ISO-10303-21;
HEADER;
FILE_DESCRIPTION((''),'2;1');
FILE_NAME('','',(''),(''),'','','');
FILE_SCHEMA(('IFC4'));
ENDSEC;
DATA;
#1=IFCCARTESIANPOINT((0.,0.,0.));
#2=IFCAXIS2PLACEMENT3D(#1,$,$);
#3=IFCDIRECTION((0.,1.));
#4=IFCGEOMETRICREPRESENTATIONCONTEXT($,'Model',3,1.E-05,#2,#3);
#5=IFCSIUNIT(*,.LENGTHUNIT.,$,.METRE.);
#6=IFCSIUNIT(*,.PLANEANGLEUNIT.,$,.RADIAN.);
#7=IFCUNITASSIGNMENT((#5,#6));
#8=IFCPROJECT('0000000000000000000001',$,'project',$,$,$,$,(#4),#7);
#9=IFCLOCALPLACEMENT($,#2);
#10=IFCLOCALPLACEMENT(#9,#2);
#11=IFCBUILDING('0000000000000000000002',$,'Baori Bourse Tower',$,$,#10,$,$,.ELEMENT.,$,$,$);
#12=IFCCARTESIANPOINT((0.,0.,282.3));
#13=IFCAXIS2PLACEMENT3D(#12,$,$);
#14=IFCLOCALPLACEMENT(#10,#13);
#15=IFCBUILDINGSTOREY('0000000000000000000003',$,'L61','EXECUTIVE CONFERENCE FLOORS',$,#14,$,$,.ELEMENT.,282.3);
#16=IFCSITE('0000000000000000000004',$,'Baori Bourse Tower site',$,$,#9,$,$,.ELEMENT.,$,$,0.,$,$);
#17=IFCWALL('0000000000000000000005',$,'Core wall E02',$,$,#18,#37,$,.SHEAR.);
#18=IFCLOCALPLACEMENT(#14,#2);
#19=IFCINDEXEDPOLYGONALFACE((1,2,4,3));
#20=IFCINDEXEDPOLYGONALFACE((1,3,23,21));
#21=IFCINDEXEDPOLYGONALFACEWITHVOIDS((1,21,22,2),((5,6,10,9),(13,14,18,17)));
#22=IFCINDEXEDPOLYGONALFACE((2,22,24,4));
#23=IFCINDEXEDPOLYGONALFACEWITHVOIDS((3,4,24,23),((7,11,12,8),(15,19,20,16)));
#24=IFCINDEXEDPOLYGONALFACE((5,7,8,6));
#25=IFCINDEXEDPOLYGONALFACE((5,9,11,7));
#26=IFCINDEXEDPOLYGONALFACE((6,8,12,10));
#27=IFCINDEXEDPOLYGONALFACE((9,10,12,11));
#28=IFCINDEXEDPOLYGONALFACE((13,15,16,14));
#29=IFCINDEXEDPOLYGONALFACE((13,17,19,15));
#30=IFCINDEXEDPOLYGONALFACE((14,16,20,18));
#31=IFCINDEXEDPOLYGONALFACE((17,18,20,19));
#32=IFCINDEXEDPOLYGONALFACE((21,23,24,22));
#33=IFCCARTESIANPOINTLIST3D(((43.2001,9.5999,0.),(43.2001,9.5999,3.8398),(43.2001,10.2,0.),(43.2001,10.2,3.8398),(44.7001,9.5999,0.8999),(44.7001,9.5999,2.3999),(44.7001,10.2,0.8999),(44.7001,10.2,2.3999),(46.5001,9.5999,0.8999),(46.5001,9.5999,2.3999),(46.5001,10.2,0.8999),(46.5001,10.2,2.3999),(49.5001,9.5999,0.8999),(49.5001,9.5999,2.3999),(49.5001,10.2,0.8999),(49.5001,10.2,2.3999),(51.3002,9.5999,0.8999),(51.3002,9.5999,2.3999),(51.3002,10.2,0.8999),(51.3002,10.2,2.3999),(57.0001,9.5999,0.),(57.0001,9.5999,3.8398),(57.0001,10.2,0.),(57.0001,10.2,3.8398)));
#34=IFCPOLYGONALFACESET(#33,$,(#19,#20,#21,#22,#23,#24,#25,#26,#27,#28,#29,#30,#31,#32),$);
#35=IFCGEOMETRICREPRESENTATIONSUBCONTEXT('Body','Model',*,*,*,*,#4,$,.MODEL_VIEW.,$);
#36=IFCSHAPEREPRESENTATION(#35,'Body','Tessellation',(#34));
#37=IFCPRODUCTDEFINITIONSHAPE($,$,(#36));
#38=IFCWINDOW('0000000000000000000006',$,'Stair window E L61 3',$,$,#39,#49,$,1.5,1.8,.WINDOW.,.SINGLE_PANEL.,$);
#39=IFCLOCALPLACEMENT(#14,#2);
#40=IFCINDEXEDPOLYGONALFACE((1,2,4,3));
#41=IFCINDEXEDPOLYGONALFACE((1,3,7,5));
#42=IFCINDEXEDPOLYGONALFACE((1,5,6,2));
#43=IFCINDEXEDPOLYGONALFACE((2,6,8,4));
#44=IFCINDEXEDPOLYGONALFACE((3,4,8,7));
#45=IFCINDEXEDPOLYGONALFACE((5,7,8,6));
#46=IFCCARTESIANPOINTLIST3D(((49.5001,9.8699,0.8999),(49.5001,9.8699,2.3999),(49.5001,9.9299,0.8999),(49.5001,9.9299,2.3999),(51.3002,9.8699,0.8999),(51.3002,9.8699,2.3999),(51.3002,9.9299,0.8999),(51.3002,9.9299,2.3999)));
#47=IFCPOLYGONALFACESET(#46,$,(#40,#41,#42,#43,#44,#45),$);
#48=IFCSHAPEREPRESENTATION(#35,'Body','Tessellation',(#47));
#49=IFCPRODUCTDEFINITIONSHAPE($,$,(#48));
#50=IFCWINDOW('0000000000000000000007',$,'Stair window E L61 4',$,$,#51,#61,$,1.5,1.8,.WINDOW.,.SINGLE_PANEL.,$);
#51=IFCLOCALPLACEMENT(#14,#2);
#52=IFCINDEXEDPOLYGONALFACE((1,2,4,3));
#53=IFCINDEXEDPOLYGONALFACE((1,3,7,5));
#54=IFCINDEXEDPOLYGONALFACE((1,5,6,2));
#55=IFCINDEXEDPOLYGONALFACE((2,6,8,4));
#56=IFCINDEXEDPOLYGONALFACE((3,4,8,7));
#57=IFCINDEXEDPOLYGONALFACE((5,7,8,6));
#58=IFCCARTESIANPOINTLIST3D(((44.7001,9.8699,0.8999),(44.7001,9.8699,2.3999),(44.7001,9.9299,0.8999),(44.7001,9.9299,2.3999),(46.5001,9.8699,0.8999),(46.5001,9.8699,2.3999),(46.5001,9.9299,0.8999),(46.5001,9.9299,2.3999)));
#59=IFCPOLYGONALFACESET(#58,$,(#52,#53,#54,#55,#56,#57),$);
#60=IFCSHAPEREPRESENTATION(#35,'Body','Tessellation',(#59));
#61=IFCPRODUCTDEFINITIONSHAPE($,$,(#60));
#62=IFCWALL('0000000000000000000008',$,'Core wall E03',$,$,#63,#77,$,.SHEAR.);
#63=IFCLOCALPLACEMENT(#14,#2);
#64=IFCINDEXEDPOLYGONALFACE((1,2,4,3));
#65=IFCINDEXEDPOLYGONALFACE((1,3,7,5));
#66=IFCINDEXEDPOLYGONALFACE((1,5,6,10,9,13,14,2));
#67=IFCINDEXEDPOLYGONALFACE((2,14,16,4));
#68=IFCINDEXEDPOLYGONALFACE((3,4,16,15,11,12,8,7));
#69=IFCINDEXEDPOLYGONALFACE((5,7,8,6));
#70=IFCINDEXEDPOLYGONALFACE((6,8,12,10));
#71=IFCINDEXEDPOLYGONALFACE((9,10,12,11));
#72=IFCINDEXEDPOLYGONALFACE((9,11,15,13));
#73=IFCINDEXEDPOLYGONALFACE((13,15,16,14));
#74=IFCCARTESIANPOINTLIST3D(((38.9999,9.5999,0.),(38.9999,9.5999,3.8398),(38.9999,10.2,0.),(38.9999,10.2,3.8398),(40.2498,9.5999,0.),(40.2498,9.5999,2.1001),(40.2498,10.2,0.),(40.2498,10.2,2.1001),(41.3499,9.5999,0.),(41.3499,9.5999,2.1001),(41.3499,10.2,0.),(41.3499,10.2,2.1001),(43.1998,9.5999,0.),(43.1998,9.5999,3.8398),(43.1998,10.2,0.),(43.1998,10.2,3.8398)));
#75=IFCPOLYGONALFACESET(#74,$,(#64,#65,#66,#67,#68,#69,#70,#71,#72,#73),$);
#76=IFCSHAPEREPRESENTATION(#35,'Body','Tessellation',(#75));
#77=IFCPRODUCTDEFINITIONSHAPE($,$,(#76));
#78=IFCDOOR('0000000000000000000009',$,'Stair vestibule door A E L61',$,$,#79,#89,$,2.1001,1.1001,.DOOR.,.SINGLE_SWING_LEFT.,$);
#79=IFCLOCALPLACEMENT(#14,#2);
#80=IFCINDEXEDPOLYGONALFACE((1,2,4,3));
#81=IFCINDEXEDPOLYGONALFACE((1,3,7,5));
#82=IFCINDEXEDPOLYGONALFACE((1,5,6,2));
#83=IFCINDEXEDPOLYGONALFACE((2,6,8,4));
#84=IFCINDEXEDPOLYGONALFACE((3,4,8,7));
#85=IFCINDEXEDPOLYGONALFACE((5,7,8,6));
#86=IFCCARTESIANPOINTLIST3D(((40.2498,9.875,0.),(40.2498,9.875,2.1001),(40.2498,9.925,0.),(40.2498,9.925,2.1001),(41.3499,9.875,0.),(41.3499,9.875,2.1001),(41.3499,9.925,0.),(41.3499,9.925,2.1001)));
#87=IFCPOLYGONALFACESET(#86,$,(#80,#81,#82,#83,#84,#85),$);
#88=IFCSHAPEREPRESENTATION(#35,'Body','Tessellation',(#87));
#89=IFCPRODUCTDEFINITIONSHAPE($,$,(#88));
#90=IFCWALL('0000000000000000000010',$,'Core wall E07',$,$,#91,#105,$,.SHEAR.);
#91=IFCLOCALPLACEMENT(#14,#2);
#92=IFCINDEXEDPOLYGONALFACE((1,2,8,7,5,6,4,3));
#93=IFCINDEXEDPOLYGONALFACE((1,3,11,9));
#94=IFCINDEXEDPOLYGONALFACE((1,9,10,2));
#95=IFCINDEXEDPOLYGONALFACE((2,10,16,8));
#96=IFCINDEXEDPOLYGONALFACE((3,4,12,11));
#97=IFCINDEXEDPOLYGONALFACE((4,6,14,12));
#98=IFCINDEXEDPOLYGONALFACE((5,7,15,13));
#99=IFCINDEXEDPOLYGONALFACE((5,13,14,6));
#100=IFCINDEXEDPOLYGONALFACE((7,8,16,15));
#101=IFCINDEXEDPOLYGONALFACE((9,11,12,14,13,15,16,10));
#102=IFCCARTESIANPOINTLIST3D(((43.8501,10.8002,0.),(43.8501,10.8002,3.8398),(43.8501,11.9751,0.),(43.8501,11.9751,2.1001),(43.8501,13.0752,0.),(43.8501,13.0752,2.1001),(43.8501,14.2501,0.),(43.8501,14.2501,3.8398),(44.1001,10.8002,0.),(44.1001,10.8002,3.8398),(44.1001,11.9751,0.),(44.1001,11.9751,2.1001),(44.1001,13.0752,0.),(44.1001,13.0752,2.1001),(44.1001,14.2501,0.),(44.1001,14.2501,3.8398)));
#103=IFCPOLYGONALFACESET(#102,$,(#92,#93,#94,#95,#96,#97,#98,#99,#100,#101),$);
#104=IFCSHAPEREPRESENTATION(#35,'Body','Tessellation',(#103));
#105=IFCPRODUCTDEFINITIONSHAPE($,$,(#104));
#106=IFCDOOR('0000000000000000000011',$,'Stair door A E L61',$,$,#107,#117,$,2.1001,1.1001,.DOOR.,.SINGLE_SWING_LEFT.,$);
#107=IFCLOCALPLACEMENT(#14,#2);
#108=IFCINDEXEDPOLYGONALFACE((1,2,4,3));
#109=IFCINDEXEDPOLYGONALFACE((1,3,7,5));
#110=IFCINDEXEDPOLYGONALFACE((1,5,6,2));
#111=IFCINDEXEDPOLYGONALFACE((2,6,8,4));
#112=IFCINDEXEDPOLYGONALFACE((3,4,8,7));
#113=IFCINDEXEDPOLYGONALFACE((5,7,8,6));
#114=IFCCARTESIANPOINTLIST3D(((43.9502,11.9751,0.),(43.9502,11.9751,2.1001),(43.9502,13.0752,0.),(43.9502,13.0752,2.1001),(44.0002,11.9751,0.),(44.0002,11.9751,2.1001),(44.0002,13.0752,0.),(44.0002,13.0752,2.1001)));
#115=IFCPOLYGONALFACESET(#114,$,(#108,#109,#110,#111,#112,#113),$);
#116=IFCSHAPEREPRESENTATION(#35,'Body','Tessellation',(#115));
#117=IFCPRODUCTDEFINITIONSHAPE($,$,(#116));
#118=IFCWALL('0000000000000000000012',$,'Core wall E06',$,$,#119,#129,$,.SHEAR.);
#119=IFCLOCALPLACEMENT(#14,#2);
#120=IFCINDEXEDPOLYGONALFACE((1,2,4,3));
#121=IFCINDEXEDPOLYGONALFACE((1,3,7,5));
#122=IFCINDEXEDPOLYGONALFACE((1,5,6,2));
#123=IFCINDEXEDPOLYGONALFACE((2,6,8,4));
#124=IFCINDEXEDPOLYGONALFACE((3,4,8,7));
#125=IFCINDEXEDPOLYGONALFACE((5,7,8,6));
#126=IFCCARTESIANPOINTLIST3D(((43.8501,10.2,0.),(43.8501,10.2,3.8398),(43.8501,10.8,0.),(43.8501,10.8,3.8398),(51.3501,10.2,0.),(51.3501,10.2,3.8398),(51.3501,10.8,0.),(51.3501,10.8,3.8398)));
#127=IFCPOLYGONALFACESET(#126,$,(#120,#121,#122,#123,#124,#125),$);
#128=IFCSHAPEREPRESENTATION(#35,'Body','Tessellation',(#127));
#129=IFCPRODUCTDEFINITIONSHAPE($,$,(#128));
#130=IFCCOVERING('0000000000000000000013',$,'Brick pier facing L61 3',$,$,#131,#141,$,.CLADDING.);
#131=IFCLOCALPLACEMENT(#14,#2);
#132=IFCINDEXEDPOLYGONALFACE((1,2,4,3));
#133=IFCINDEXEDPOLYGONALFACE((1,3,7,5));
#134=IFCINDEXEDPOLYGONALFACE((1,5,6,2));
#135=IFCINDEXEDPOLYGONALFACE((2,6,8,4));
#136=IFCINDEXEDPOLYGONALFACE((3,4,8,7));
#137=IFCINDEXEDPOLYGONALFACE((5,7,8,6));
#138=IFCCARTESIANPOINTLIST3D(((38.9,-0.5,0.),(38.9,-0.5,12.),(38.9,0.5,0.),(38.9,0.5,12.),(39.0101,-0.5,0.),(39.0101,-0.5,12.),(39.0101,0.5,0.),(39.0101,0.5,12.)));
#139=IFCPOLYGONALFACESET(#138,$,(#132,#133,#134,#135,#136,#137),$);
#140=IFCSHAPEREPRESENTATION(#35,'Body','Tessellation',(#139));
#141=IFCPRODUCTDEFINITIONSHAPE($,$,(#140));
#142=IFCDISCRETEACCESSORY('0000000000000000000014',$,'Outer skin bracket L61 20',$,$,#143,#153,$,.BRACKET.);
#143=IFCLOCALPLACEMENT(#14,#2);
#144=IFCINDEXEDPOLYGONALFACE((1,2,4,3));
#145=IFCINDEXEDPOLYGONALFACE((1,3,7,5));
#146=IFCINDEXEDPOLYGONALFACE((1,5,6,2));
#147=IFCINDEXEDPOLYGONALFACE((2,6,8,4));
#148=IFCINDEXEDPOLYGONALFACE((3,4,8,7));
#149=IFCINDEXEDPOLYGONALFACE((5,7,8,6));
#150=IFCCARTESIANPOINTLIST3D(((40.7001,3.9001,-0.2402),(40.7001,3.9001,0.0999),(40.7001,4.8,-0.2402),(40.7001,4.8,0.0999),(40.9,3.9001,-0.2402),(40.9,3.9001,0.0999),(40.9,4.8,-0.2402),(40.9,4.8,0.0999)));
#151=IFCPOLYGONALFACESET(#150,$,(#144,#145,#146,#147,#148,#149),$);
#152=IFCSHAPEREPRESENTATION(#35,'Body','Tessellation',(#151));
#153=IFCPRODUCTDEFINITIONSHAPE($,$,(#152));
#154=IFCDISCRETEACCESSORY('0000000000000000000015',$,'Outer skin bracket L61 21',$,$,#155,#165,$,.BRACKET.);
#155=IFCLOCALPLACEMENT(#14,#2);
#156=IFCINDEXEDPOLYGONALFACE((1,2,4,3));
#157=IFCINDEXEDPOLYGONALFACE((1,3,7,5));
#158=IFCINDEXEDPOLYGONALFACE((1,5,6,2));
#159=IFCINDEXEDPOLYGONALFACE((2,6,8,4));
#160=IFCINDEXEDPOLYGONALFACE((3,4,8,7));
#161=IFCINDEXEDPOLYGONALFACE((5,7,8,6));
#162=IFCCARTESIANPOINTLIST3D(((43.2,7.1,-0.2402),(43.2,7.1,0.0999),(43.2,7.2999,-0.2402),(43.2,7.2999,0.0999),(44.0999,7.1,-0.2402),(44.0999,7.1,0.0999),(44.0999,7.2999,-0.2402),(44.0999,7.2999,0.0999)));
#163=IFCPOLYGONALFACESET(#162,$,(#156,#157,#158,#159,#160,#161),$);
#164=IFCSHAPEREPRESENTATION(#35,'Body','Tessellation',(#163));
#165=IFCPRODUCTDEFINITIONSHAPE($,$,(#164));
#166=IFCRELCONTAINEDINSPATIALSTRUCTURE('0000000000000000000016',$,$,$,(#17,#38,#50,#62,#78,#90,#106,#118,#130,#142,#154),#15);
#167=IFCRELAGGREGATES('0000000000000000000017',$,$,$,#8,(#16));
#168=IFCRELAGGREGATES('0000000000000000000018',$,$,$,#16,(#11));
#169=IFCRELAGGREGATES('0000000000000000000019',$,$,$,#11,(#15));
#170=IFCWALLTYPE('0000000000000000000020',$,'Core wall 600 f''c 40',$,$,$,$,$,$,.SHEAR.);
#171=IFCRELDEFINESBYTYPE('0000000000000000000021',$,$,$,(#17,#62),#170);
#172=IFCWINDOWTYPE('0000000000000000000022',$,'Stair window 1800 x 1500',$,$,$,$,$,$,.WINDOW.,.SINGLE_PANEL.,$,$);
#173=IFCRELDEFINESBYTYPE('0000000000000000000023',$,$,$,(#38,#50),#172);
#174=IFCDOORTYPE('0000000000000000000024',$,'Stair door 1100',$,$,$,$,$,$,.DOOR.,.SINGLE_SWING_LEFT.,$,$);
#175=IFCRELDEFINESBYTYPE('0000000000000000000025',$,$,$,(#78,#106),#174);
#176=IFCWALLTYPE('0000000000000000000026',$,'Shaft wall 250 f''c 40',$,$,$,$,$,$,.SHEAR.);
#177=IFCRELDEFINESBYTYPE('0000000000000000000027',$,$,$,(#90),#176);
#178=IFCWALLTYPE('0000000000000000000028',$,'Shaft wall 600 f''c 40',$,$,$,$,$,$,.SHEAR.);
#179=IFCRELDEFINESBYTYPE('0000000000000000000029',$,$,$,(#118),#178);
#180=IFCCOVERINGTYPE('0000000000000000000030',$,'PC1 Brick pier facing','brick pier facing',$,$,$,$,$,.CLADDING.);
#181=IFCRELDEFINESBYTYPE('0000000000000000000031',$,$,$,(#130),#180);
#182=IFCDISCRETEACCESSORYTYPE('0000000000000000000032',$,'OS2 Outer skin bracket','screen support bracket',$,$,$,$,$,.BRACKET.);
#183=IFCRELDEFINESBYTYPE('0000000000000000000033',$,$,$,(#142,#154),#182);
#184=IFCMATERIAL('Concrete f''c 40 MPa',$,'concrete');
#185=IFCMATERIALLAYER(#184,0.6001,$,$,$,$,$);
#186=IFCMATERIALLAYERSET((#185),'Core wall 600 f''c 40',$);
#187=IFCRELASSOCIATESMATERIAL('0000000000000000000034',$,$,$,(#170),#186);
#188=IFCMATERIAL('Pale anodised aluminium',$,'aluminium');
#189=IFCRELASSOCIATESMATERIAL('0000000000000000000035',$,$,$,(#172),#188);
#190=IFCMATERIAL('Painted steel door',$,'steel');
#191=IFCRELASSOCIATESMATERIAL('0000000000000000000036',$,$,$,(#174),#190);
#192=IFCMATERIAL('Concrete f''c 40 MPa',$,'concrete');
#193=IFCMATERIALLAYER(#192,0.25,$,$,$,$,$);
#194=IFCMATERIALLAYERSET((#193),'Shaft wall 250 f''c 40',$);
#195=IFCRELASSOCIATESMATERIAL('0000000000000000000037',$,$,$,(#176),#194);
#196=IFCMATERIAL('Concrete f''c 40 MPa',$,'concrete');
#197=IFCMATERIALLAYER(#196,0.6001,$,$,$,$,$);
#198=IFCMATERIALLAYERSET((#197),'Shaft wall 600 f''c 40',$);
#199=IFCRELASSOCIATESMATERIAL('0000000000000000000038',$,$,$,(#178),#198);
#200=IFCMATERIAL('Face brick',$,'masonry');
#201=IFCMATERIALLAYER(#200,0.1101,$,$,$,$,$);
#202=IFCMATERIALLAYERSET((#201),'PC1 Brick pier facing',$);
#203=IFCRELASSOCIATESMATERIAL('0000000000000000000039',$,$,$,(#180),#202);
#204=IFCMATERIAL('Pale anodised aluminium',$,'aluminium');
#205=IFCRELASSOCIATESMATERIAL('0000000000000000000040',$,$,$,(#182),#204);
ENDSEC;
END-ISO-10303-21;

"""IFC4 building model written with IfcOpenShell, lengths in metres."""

from ifc_helpers import new_model, si_unit, direction, frame, frame_2d, origin, origin_2d, place, context, subcontext, project, spatial, rectangle, extrude, material, layer, layer_set, type_object, element, fill, save


model = new_model("IFC4")

# Units and contexts
model_context = context("Model", 3, precision=1e-05, world=origin(), true_north=direction((0.0, 1.0)))
body_context = subcontext(model_context, "Body", "Model", "MODEL_VIEW")
ifc_project = project(units=[si_unit("LENGTHUNIT", "METRE"), si_unit("PLANEANGLEUNIT", "RADIAN")], contexts=[model_context])

# Site, building, storey
site_placement = place(None, origin())
site = spatial("IfcSite", under=ifc_project, at=site_placement, Name="Baori Bourse Tower site", CompositionType="ELEMENT", RefElevation=0.0)
building_placement = place(site_placement, origin())
building = spatial("IfcBuilding", under=site, at=building_placement, Name="Baori Bourse Tower", CompositionType="ELEMENT")
storey_placement = place(building_placement, frame((0.0, 0.0, 282.3)))
storey = spatial("IfcBuildingStorey", under=building, at=storey_placement, Name="L61", Description="EXECUTIVE CONFERENCE FLOORS", CompositionType="ELEMENT", Elevation=282.3)

# Wall, openings, windows
ifc_material_1 = material(Name="Concrete f'c 40 MPa", Category="concrete")
ifc_layer_1 = layer(ifc_material_1, 0.6001)
ifc_layer_set_1 = layer_set([ifc_layer_1], Name="Core wall 600 f'c 40")
wall_type_1 = type_object("IfcWallType", Name="Core wall 600 f'c 40", PredefinedType="SHEAR", material=ifc_layer_set_1)
wall_1_placement = place(storey_placement, frame((57.0, 9.8999, 0.0), z_axis=(0.0, 0.0, 1.0), x_axis=(-1.0, 0.0, 0.0)))
wall_1 = element("IfcWall", 1, at=wall_1_placement, inside=storey, type_object=wall_type_1, Name="Core wall E02", PredefinedType="SHEAR", context=body_context, shape_type="SweptSolid", body=[
    extrude(rectangle(XDim=13.8, YDim=0.6001, at=frame_2d((6.8999, 0.0))), origin(), (0.0, 0.0, 1.0), 3.8398),
])
opening_1_placement = place(wall_1_placement, frame((5.7, 0.0, 0.8999)))
opening_1 = element("IfcOpeningElement", 2, at=opening_1_placement, cuts=wall_1, PredefinedType="OPENING", context=body_context, shape_type="SweptSolid", body=[
    extrude(rectangle(XDim=1.8, YDim=1.5, at=frame_2d((0.8999, 0.75))), frame((0.0, 0.3101, 0.0), z_axis=(0.0, -1.0, 0.0), x_axis=(1.0, 0.0, 0.0)), (0.0, 0.0, 1.0), 0.6201),
])
opening_2_placement = place(wall_1_placement, frame((10.5, 0.0, 0.8999)))
opening_2 = element("IfcOpeningElement", 3, at=opening_2_placement, cuts=wall_1, PredefinedType="OPENING", context=body_context, shape_type="SweptSolid", body=[
    extrude(rectangle(XDim=1.8, YDim=1.5, at=frame_2d((0.8999, 0.75))), frame((0.0, 0.3101, 0.0), z_axis=(0.0, -1.0, 0.0), x_axis=(1.0, 0.0, 0.0)), (0.0, 0.0, 1.0), 0.6201),
])
ifc_material_2 = material(Name="Pale anodised aluminium", Category="aluminium")
window_type = type_object("IfcWindowType", Name="Stair window 1800 x 1500", PartitioningType="SINGLE_PANEL", PredefinedType="WINDOW", material=ifc_material_2)
window_1_placement = place(opening_1_placement, origin())
window_1 = element("IfcWindow", 4, at=window_1_placement, inside=storey, type_object=window_type, Name="Stair window E L61 3", OverallHeight=1.5, OverallWidth=1.8, PartitioningType="SINGLE_PANEL", PredefinedType="WINDOW", context=body_context, shape_type="SweptSolid", body=[
    extrude(rectangle(XDim=1.8, YDim=1.5, at=frame_2d((0.8999, 0.75))), frame((0.0, 0.03, 0.0), z_axis=(0.0, -1.0, 0.0), x_axis=(1.0, 0.0, 0.0)), (0.0, 0.0, 1.0), 0.0601),
])
fill(opening_1, window_1)
window_2_placement = place(opening_2_placement, origin())
window_2 = element("IfcWindow", 5, at=window_2_placement, inside=storey, type_object=window_type, Name="Stair window E L61 4", OverallHeight=1.5, OverallWidth=1.8, PartitioningType="SINGLE_PANEL", PredefinedType="WINDOW", context=body_context, shape_type="SweptSolid", body=[
    extrude(rectangle(XDim=1.8, YDim=1.5, at=frame_2d((0.8999, 0.75))), frame((0.0, 0.03, 0.0), z_axis=(0.0, -1.0, 0.0), x_axis=(1.0, 0.0, 0.0)), (0.0, 0.0, 1.0), 0.0601),
])
fill(opening_2, window_2)

# Walls, openings, doors
wall_2_placement = place(storey_placement, frame((43.2, 9.8999, 0.0), z_axis=(0.0, 0.0, 1.0), x_axis=(-1.0, 0.0, 0.0)))
wall_2 = element("IfcWall", 6, at=wall_2_placement, inside=storey, type_object=wall_type_1, Name="Core wall E03", PredefinedType="SHEAR", context=body_context, shape_type="SweptSolid", body=[
    extrude(rectangle(XDim=4.2, YDim=0.6001, at=frame_2d((2.1001, 0.0))), origin(), (0.0, 0.0, 1.0), 3.8398),
])
opening_3_placement = place(wall_2_placement, frame((1.8501, 0.0, 0.0)))
opening_3 = element("IfcOpeningElement", 7, at=opening_3_placement, cuts=wall_2, PredefinedType="OPENING", context=body_context, shape_type="SweptSolid", body=[
    extrude(rectangle(XDim=1.1001, YDim=2.1001, at=frame_2d((0.55, 1.05))), frame((0.0, 0.3101, 0.0), z_axis=(0.0, -1.0, 0.0), x_axis=(1.0, 0.0, 0.0)), (0.0, 0.0, 1.0), 0.6201),
])
ifc_material_3 = material(Name="Painted steel door", Category="steel")
door_type = type_object("IfcDoorType", Name="Stair door 1100", OperationType="SINGLE_SWING_LEFT", PredefinedType="DOOR", material=ifc_material_3)
door_1_placement = place(opening_3_placement, origin())
door_1 = element("IfcDoor", 8, at=door_1_placement, inside=storey, type_object=door_type, Name="Stair vestibule door A E L61", OperationType="SINGLE_SWING_LEFT", OverallHeight=2.1001, OverallWidth=1.1001, PredefinedType="DOOR", context=body_context, shape_type="SweptSolid", body=[
    extrude(rectangle(XDim=1.1001, YDim=2.1001, at=frame_2d((0.55, 1.05))), frame((0.0, 0.0249, 0.0), z_axis=(0.0, -1.0, 0.0), x_axis=(1.0, 0.0, 0.0)), (0.0, 0.0, 1.0), 0.05),
])
fill(opening_3, door_1)
ifc_material_4 = material(Name="Concrete f'c 40 MPa", Category="concrete")
ifc_layer_2 = layer(ifc_material_4, 0.25)
ifc_layer_set_2 = layer_set([ifc_layer_2], Name="Shaft wall 250 f'c 40")
wall_type_2 = type_object("IfcWallType", Name="Shaft wall 250 f'c 40", PredefinedType="SHEAR", material=ifc_layer_set_2)
wall_3_placement = place(storey_placement, frame((43.9751, 10.8, 0.0), z_axis=(0.0, 0.0, 1.0), x_axis=(0.0, 1.0, 0.0)))
wall_3 = element("IfcWall", 9, at=wall_3_placement, inside=storey, type_object=wall_type_2, Name="Core wall E07", PredefinedType="SHEAR", context=body_context, shape_type="SweptSolid", body=[
    extrude(rectangle(XDim=3.45, YDim=0.25, at=frame_2d((1.7251, 0.0))), origin(), (0.0, 0.0, 1.0), 3.8398),
])
opening_4_placement = place(wall_3_placement, frame((1.175, 0.0, 0.0)))
opening_4 = element("IfcOpeningElement", 10, at=opening_4_placement, cuts=wall_3, PredefinedType="OPENING", context=body_context, shape_type="SweptSolid", body=[
    extrude(rectangle(XDim=1.1001, YDim=2.1001, at=frame_2d((0.55, 1.05))), frame((0.0, 0.135, 0.0), z_axis=(0.0, -1.0, 0.0), x_axis=(1.0, 0.0, 0.0)), (0.0, 0.0, 1.0), 0.27),
])
door_2_placement = place(opening_4_placement, origin())
door_2 = element("IfcDoor", 11, at=door_2_placement, inside=storey, type_object=door_type, Name="Stair door A E L61", OperationType="SINGLE_SWING_LEFT", OverallHeight=2.1001, OverallWidth=1.1001, PredefinedType="DOOR", context=body_context, shape_type="SweptSolid", body=[
    extrude(rectangle(XDim=1.1001, YDim=2.1001, at=frame_2d((0.55, 1.05))), frame((0.0, 0.0249, 0.0), z_axis=(0.0, -1.0, 0.0), x_axis=(1.0, 0.0, 0.0)), (0.0, 0.0, 1.0), 0.05),
])
fill(opening_4, door_2)

# Wall
ifc_material_5 = material(Name="Concrete f'c 40 MPa", Category="concrete")
ifc_layer_3 = layer(ifc_material_5, 0.6001)
ifc_layer_set_3 = layer_set([ifc_layer_3], Name="Shaft wall 600 f'c 40")
wall_type_3 = type_object("IfcWallType", Name="Shaft wall 600 f'c 40", PredefinedType="SHEAR", material=ifc_layer_set_3)
wall_4_placement = place(storey_placement, frame((43.8501, 10.5, 0.0), z_axis=(0.0, 0.0, 1.0), x_axis=(1.0, 0.0, 0.0)))
element("IfcWall", 12, at=wall_4_placement, inside=storey, type_object=wall_type_3, Name="Core wall E06", PredefinedType="SHEAR", context=body_context, shape_type="SweptSolid", body=[
    extrude(rectangle(XDim=7.5, YDim=0.6001, at=frame_2d((3.75, 0.0))), origin(), (0.0, 0.0, 1.0), 3.8398),
])

# Covering
ifc_material_6 = material(Name="Face brick", Category="masonry")
ifc_layer_4 = layer(ifc_material_6, 0.1101)
ifc_layer_set_4 = layer_set([ifc_layer_4], Name="PC1 Brick pier facing")
covering_type = type_object("IfcCoveringType", Name="PC1 Brick pier facing", Description="brick pier facing", PredefinedType="CLADDING", material=ifc_layer_set_4)
covering_placement = place(storey_placement, frame((38.9551, 0.0, 0.0), z_axis=(0.0, 0.0, 1.0), x_axis=(1.0, 0.0, 0.0)))
element("IfcCovering", 13, at=covering_placement, inside=storey, type_object=covering_type, Name="Brick pier facing L61 3", PredefinedType="CLADDING", context=body_context, shape_type="SweptSolid", body=[
    extrude(rectangle(XDim=0.1101, YDim=1.0, at=origin_2d()), origin(), (0.0, 0.0, 1.0), 12.0),
])

# Discrete accessories
ifc_material_7 = material(Name="Pale anodised aluminium", Category="aluminium")
discrete_accessory_type = type_object("IfcDiscreteAccessoryType", Name="OS2 Outer skin bracket", Description="screen support bracket", PredefinedType="BRACKET", material=ifc_material_7)
for number, where, z_axis, x_axis, name in (
    (14, (40.8, 4.3501, -0.2402), (0.0, 0.0, 1.0), (1.0, 0.0, 0.0), "Outer skin bracket L61 20"),
    (15, (43.6499, 7.2, -0.2402), (0.0, 0.0, 1.0), (0.0, 1.0, 0.0), "Outer skin bracket L61 21"),
):
    element("IfcDiscreteAccessory", number, at=place(storey_placement, frame(where, z_axis=z_axis, x_axis=x_axis)), inside=storey, type_object=discrete_accessory_type, Name=name, PredefinedType="BRACKET", context=body_context, shape_type="SweptSolid", body=[
        extrude(rectangle(XDim=0.2, YDim=0.8999, at=origin_2d()), origin(), (0.0, 0.0, 1.0), 0.3401),
    ])

save(model, "model.ifc")
